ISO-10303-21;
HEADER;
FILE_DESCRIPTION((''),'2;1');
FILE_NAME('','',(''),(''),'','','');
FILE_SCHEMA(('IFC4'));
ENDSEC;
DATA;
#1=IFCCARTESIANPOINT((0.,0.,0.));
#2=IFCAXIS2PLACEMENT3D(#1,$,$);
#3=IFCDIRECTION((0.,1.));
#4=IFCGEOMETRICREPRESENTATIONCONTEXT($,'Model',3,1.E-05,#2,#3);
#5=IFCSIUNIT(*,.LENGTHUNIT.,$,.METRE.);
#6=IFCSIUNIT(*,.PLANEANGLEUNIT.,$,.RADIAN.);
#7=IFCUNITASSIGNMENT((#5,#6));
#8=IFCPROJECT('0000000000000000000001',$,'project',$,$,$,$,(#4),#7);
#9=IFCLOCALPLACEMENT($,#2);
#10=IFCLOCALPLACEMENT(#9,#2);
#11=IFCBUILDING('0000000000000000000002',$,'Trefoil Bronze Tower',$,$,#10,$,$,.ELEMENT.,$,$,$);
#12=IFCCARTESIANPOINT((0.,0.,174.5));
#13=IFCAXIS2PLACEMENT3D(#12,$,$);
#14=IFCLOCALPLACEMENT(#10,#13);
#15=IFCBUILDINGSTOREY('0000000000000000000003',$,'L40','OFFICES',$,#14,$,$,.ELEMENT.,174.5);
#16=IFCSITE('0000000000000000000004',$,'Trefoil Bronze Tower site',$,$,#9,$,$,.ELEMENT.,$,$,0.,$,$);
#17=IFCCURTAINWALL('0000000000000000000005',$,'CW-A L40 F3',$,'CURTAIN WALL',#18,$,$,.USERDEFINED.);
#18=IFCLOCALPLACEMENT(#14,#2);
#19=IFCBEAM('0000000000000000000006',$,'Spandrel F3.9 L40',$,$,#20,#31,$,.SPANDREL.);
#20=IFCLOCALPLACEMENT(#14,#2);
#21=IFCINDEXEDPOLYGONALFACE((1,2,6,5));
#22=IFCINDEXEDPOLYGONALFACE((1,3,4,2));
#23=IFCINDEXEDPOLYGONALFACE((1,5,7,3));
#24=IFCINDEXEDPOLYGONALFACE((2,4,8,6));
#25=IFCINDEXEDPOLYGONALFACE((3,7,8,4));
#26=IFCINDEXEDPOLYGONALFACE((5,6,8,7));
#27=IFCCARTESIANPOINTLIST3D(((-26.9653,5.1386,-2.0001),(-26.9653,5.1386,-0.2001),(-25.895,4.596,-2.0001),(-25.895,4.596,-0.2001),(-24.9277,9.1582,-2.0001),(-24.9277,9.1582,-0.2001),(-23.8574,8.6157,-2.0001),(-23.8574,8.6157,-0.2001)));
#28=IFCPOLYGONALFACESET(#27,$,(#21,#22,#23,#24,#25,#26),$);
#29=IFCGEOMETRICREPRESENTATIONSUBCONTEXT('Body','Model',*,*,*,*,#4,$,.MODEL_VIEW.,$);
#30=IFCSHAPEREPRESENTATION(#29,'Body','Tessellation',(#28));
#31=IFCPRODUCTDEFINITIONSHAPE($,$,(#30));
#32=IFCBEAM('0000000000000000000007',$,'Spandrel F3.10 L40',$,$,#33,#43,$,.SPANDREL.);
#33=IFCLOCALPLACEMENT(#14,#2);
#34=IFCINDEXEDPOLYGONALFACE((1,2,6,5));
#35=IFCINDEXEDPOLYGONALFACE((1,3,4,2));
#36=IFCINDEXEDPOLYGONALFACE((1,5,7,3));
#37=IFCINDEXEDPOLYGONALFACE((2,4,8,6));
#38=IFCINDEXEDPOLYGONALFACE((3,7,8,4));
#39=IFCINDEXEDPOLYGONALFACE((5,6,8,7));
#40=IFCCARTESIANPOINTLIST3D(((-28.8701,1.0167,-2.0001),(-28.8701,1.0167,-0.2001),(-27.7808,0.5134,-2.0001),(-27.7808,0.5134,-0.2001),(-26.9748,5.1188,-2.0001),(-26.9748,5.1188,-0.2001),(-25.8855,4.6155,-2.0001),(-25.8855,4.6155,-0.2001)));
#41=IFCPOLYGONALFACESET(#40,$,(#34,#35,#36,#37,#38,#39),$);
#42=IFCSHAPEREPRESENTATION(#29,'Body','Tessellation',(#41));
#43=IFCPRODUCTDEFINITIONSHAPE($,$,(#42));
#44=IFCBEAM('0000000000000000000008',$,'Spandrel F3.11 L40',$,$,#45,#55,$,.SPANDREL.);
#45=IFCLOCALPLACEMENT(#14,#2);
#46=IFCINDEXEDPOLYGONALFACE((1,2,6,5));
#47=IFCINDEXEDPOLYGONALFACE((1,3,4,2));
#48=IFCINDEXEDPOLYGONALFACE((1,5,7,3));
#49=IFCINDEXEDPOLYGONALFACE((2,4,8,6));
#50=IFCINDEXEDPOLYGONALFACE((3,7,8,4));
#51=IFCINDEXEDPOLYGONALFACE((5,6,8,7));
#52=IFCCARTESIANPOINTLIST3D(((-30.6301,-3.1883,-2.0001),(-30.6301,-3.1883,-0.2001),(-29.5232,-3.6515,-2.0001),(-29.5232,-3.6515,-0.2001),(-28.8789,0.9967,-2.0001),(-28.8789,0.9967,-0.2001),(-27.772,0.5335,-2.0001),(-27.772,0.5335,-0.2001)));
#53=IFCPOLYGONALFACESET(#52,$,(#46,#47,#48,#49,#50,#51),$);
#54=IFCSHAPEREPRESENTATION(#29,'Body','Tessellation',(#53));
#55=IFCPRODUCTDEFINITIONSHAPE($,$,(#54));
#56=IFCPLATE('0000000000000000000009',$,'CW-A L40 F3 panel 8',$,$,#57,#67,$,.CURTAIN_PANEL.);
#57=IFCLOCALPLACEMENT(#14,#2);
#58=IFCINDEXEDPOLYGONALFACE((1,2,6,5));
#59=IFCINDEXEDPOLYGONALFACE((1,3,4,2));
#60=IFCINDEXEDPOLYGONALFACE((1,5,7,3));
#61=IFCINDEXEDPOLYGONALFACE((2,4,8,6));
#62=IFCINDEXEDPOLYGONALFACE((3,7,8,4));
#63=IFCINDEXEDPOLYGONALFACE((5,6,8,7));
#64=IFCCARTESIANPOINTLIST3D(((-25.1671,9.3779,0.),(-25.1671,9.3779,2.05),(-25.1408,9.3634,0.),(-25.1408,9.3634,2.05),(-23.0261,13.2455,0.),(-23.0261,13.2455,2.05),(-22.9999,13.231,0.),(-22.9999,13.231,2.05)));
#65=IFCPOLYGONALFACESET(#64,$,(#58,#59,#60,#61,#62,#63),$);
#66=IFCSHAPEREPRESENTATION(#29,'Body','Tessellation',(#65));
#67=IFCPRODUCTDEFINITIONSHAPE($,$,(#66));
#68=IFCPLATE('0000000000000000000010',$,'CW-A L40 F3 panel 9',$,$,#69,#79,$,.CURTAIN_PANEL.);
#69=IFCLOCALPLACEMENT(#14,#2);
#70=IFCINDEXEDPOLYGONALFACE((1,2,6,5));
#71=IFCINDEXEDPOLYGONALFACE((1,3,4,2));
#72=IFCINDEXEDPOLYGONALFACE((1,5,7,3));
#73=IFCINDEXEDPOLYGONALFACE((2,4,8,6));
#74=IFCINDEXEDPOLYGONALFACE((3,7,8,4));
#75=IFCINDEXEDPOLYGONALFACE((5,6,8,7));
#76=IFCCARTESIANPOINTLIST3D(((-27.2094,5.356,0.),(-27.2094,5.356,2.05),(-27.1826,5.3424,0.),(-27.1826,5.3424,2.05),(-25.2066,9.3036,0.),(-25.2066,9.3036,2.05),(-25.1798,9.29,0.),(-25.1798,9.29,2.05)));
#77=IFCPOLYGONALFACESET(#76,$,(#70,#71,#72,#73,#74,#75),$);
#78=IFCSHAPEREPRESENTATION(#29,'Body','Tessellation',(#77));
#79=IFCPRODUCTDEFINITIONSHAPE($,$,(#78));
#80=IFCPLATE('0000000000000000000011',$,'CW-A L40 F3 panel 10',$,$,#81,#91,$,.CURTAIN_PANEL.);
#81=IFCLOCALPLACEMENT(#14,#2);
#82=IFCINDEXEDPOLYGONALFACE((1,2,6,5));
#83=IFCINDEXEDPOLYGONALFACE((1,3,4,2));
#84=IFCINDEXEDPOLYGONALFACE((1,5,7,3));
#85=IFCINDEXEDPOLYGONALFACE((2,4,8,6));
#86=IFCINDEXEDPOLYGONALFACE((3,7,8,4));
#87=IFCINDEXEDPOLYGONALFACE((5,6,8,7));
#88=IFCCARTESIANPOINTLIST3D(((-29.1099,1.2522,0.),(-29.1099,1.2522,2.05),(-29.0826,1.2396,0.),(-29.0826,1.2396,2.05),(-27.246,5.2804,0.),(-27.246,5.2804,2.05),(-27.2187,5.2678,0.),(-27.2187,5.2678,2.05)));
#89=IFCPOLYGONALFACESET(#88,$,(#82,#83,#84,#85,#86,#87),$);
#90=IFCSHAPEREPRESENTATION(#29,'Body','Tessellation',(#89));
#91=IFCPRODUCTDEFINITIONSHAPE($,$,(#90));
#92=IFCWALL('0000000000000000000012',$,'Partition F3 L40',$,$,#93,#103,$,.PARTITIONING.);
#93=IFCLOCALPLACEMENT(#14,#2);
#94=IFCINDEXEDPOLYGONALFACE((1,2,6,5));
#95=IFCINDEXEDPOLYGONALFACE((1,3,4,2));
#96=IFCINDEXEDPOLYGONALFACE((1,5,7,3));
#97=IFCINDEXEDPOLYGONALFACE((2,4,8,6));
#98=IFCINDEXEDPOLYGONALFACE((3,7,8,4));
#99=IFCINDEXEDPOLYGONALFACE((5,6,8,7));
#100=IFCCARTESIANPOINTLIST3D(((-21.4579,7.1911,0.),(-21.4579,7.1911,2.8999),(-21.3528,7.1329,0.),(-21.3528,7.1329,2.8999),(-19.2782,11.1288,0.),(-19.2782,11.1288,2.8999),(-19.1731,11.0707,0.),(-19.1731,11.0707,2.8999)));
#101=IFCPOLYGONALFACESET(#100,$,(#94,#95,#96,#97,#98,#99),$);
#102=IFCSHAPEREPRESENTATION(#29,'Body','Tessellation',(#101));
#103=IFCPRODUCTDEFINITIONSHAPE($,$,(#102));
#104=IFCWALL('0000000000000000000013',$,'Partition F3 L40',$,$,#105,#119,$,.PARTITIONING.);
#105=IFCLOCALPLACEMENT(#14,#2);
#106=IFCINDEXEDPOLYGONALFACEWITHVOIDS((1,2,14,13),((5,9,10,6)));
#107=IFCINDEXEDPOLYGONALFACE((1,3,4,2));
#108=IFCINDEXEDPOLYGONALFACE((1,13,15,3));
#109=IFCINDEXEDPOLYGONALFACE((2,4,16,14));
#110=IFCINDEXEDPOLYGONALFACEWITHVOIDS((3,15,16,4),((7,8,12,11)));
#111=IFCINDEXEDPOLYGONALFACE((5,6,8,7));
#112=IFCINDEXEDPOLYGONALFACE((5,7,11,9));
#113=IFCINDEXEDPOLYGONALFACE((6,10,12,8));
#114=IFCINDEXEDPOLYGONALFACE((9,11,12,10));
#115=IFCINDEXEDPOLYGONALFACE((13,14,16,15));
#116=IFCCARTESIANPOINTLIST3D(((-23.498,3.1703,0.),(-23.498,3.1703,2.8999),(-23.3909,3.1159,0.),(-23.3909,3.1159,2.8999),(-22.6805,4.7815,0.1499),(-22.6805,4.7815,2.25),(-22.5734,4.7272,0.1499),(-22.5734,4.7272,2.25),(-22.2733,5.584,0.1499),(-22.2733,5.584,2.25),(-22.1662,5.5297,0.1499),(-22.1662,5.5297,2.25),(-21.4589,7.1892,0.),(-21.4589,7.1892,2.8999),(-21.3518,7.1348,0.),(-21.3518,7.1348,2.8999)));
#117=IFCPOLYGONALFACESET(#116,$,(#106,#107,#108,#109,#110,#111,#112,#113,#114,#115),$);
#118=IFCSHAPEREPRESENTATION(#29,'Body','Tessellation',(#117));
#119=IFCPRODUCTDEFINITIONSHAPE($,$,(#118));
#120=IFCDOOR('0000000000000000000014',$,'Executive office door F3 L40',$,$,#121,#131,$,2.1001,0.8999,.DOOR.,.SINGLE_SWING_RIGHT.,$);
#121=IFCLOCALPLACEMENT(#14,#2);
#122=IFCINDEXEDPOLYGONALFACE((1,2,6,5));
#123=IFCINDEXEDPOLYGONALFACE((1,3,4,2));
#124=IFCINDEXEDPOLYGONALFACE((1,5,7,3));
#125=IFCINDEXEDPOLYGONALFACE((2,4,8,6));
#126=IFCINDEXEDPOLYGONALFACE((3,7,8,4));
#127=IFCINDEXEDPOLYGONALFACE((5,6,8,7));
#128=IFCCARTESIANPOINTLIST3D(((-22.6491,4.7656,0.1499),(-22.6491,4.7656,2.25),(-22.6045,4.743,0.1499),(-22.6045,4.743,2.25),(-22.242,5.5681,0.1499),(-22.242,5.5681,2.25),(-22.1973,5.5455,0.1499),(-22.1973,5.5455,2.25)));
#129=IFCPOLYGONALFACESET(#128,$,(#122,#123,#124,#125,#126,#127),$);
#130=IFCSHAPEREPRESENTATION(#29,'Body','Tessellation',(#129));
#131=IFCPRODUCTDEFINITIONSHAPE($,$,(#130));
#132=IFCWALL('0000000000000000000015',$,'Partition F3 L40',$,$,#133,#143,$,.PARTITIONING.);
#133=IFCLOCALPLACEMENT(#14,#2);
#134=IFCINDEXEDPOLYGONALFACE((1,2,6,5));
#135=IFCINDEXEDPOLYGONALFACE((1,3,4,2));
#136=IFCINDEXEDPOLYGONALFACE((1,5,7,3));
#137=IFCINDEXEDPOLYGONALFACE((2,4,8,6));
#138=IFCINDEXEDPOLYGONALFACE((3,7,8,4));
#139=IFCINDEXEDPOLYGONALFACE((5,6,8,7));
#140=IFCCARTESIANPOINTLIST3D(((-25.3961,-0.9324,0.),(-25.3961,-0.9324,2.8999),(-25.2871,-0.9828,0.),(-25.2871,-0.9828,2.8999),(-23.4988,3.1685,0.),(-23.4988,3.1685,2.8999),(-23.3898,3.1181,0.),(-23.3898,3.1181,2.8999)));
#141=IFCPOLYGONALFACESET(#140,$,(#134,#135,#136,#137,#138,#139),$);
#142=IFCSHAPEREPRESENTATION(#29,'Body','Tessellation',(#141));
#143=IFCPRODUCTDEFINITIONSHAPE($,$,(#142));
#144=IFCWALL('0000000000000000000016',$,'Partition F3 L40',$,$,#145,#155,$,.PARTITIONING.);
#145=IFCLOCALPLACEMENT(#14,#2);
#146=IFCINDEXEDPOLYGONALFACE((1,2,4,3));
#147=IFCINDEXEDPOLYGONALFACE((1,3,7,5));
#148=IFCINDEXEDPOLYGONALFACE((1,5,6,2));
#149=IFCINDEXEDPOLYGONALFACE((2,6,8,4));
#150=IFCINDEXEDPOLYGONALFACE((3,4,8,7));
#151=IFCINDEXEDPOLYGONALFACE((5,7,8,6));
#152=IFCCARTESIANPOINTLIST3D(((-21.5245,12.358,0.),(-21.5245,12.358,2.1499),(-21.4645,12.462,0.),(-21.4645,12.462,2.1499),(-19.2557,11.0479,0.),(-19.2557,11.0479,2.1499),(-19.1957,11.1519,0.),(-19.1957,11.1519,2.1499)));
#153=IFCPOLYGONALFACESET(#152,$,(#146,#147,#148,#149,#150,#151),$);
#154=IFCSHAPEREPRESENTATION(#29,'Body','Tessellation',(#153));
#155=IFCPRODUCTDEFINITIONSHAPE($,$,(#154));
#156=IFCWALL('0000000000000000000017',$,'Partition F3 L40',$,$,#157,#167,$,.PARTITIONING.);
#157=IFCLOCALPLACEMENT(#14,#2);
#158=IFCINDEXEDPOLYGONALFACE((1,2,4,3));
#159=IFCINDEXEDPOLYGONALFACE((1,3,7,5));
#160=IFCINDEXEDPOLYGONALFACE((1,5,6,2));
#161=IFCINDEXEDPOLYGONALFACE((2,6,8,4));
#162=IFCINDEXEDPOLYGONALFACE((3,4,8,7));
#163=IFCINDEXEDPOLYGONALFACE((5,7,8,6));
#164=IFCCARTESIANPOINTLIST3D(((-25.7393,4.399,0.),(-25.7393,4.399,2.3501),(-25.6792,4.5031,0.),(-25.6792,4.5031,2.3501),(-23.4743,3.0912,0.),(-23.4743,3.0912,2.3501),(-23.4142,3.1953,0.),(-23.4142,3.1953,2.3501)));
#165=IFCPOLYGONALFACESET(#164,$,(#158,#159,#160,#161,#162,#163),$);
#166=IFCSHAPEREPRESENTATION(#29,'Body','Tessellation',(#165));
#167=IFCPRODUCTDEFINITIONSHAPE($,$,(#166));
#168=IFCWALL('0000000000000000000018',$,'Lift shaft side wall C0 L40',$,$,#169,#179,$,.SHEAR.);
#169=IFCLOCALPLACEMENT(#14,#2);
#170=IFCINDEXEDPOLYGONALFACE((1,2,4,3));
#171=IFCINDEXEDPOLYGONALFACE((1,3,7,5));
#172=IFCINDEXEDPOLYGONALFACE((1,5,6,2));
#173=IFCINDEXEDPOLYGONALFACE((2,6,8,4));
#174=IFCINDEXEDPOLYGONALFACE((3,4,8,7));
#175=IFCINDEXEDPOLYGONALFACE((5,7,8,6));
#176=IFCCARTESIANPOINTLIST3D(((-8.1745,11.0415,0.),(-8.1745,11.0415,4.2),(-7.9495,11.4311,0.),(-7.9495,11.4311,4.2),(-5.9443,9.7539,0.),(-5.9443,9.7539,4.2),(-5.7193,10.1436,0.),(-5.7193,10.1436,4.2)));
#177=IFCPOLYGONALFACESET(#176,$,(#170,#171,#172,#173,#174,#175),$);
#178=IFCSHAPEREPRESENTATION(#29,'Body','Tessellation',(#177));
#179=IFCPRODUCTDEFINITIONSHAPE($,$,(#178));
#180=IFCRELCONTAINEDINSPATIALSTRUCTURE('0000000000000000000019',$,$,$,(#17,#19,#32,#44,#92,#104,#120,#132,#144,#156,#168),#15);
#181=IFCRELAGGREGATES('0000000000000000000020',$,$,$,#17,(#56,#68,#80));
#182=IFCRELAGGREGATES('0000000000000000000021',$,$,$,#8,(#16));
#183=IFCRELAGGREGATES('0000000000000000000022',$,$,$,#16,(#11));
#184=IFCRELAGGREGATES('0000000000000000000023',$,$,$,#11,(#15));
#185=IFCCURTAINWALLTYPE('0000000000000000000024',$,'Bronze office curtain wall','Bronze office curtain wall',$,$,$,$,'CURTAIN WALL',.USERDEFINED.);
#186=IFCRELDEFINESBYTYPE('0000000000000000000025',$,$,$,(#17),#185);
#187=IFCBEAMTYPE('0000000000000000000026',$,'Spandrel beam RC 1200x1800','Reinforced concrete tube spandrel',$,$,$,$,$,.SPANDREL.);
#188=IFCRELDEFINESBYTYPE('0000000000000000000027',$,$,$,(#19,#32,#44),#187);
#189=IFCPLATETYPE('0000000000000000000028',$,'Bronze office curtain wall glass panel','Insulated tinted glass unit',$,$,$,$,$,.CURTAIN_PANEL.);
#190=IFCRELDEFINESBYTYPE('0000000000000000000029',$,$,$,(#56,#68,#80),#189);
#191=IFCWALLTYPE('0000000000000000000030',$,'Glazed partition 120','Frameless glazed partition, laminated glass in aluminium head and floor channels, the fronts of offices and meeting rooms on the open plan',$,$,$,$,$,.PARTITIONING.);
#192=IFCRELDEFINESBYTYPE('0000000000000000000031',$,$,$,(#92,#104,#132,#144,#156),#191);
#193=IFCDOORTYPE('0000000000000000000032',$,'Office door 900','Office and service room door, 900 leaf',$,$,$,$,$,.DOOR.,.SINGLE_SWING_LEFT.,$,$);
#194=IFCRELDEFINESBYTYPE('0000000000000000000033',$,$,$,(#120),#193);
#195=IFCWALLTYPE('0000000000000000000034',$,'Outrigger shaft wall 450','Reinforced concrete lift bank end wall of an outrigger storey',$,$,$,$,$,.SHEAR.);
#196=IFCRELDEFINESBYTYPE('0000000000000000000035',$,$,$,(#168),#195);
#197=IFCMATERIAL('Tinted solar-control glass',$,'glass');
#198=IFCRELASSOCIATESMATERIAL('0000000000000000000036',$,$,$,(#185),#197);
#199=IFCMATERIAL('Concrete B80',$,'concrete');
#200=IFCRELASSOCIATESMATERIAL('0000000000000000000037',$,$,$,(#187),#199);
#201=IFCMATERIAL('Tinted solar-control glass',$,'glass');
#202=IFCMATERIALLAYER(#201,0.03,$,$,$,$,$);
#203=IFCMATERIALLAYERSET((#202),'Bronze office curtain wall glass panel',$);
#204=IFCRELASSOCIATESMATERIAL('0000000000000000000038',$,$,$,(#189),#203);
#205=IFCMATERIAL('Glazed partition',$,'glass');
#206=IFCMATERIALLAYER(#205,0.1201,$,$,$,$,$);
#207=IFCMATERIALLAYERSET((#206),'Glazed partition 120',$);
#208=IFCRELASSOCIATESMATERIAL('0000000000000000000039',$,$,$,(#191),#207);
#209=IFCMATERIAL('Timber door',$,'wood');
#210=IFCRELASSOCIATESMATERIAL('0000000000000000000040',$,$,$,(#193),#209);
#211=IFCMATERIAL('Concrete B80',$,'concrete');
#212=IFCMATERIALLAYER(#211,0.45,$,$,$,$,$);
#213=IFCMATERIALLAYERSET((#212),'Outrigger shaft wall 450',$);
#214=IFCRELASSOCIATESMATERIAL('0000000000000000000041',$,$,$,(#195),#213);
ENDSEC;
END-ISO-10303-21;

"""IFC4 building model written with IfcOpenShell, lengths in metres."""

from ifc_helpers import new_model, si_unit, direction, frame, frame_2d, origin, origin_2d, place, context, subcontext, project, spatial, rectangle, extrude, material, layer, layer_set, material_profile, profile_set, type_object, element, fill, aggregate, save


model = new_model("IFC4")

# Units and contexts
model_context = context("Model", 3, precision=1e-05, world=origin(), true_north=direction((0.0, 1.0)))
body_context = subcontext(model_context, "Body", "Model", "MODEL_VIEW")
ifc_project = project(units=[si_unit("LENGTHUNIT", "METRE"), si_unit("PLANEANGLEUNIT", "RADIAN")], contexts=[model_context])

# Site, building, storey
site_placement = place(None, origin())
site = spatial("IfcSite", under=ifc_project, at=site_placement, Name="Trefoil Bronze Tower site", CompositionType="ELEMENT", RefElevation=0.0)
building_placement = place(site_placement, origin())
building = spatial("IfcBuilding", under=site, at=building_placement, Name="Trefoil Bronze Tower", CompositionType="ELEMENT")
storey_placement = place(building_placement, frame((0.0, 0.0, 174.5)))
storey = spatial("IfcBuildingStorey", under=building, at=storey_placement, Name="L40", Description="OFFICES", CompositionType="ELEMENT", Elevation=174.5)

# Curtain wall
ifc_material_1 = material(Name="Tinted solar-control glass", Category="glass")
curtain_wall_type = type_object("IfcCurtainWallType", Name="Bronze office curtain wall", Description="Bronze office curtain wall", ElementType="CURTAIN WALL", PredefinedType="USERDEFINED", material=ifc_material_1)
curtain_wall_placement = place(storey_placement, origin())
curtain_wall = element("IfcCurtainWall", 1, at=curtain_wall_placement, inside=storey, type_object=curtain_wall_type, Name="CW-A L40 F3", ObjectType="CURTAIN WALL", PredefinedType="USERDEFINED")

# Beams
ifc_material_2 = material(Name="Concrete B80", Category="concrete")
ifc_material_profile_1 = material_profile(ifc_material_2, rectangle(XDim=1.2, YDim=1.8, at=origin_2d()), Name="RC 1200x1800")
ifc_profile_set_1 = profile_set([ifc_material_profile_1], Name="Concrete B80")
beam_type_1 = type_object("IfcBeamType", Name="Spandrel beam RC 1200x1800", Description="Reinforced concrete tube spandrel", PredefinedType="SPANDREL", material=ifc_profile_set_1)
beam_1_placement = place(storey_placement, frame((-24.3926, 8.887, -1.1001), z_axis=(-0.452126, -0.891954, 0.0), x_axis=(0.891954, -0.452126, 0.0)))
element("IfcBeam", 2, at=beam_1_placement, inside=storey, type_object=beam_type_1, Name="Spandrel F3.9 L40", PredefinedType="SPANDREL", context=body_context, shape_type="SweptSolid", body=[
    extrude(rectangle(XDim=1.2, YDim=1.8, at=origin_2d()), origin(), (0.0, 0.0, 1.0), 4.5066),
])
beam_2_placement = place(storey_placement, frame((-26.4302, 4.8672, -1.1001), z_axis=(-0.419425, -0.90779, 0.0), x_axis=(0.90779, -0.419425, 0.0)))
element("IfcBeam", 3, at=beam_2_placement, inside=storey, type_object=beam_type_1, Name="Spandrel F3.10 L40", PredefinedType="SPANDREL", context=body_context, shape_type="SweptSolid", body=[
    extrude(rectangle(XDim=1.2, YDim=1.8, at=origin_2d()), origin(), (0.0, 0.0, 1.0), 4.5188),
])
beam_3_placement = place(storey_placement, frame((-28.3254, 0.7651, -1.1001), z_axis=(-0.386013, -0.922493, 0.0), x_axis=(0.922493, -0.386013, 0.0)))
element("IfcBeam", 4, at=beam_3_placement, inside=storey, type_object=beam_type_1, Name="Spandrel F3.11 L40", PredefinedType="SPANDREL", context=body_context, shape_type="SweptSolid", body=[
    extrude(rectangle(XDim=1.2, YDim=1.8, at=origin_2d()), origin(), (0.0, 0.0, 1.0), 4.5366),
])

# Plates
ifc_material_3 = material(Name="Tinted solar-control glass", Category="glass")
ifc_layer_1 = layer(ifc_material_3, 0.03)
ifc_layer_set_1 = layer_set([ifc_layer_1], Name="Bronze office curtain wall glass panel")
plate_type = type_object("IfcPlateType", Name="Bronze office curtain wall glass panel", Description="Insulated tinted glass unit", PredefinedType="CURTAIN_PANEL", material=ifc_layer_set_1)
plate_1_placement = place(storey_placement, frame((-24.0835, 11.3044, 0.0), z_axis=(0.0, 0.0, 1.0), x_axis=(-0.484312, -0.874895, 0.0)))
plate_1 = element("IfcPlate", 5, at=plate_1_placement, type_object=plate_type, Name="CW-A L40 F3 panel 8", PredefinedType="CURTAIN_PANEL", context=body_context, shape_type="SweptSolid", body=[
    extrude(rectangle(XDim=4.4207, YDim=0.03, at=origin_2d()), origin(), (0.0, 0.0, 1.0), 2.05),
])
plate_2_placement = place(storey_placement, frame((-26.1946, 7.323, 0.0), z_axis=(0.0, 0.0, 1.0), x_axis=(-0.452449, -0.89179, 0.0)))
plate_2 = element("IfcPlate", 6, at=plate_2_placement, type_object=plate_type, Name="CW-A L40 F3 panel 9", PredefinedType="CURTAIN_PANEL", context=body_context, shape_type="SweptSolid", body=[
    extrude(rectangle(XDim=4.4265, YDim=0.03, at=origin_2d()), origin(), (0.0, 0.0, 1.0), 2.05),
])
plate_3_placement = place(storey_placement, frame((-28.1643, 3.26, 0.0), z_axis=(0.0, 0.0, 1.0), x_axis=(-0.419933, -0.907555, 0.0)))
plate_3 = element("IfcPlate", 7, at=plate_3_placement, type_object=plate_type, Name="CW-A L40 F3 panel 10", PredefinedType="CURTAIN_PANEL", context=body_context, shape_type="SweptSolid", body=[
    extrude(rectangle(XDim=4.4385, YDim=0.03, at=origin_2d()), origin(), (0.0, 0.0, 1.0), 2.05),
])
aggregate(curtain_wall, [plate_1, plate_2, plate_3])

# Wall
ifc_material_4 = material(Name="Glazed partition", Category="glass")
ifc_layer_2 = layer(ifc_material_4, 0.1201)
ifc_layer_set_2 = layer_set([ifc_layer_2], Name="Glazed partition 120")
wall_type_1 = type_object("IfcWallType", Name="Glazed partition 120", Description="Frameless glazed partition, laminated glass in aluminium head and floor channels, the fronts of offices and meeting rooms on the open plan", PredefinedType="PARTITIONING", material=ifc_layer_set_2)
wall_1_placement = place(storey_placement, frame((-19.2256, 11.0999, 0.0), z_axis=(0.0, 0.0, 1.0), x_axis=(-0.484293, -0.874906, 0.0)))
element("IfcWall", 8, at=wall_1_placement, inside=storey, type_object=wall_type_1, Name="Partition F3 L40", PredefinedType="PARTITIONING", context=body_context, shape_type="SweptSolid", body=[
    extrude(rectangle(XDim=4.5007, YDim=0.1201, at=frame_2d((2.2505, 0.0))), origin(), (0.0, 0.0, 1.0), 2.8999),
])

# Wall, opening, door
wall_2_placement = place(storey_placement, frame((-21.4053, 7.1621, 0.0), z_axis=(0.0, 0.0, 1.0), x_axis=(-0.452472, -0.891779, 0.0)))
wall_2 = element("IfcWall", 9, at=wall_2_placement, inside=storey, type_object=wall_type_1, Name="Partition F3 L40", PredefinedType="PARTITIONING", context=body_context, shape_type="SweptSolid", body=[
    extrude(rectangle(XDim=4.5066, YDim=0.1201, at=frame_2d((2.2534, 0.0))), origin(), (0.0, 0.0, 1.0), 2.8999),
])
opening_1_placement = place(wall_2_placement, frame((1.8, 0.0, 0.1499)))
opening_1 = element("IfcOpeningElement", 10, at=opening_1_placement, cuts=wall_2, PredefinedType="OPENING", context=body_context, shape_type="SweptSolid", body=[
    extrude(rectangle(XDim=0.8999, YDim=2.1001, at=frame_2d((0.45, 1.05))), frame((0.0, 0.0701, 0.0), z_axis=(0.0, -1.0, 0.0), x_axis=(1.0, 0.0, 0.0)), (0.0, 0.0, 1.0), 0.1401),
])
ifc_material_5 = material(Name="Timber door", Category="wood")
door_type_1 = type_object("IfcDoorType", Name="Office door 900", Description="Office and service room door, 900 leaf", OperationType="SINGLE_SWING_LEFT", PredefinedType="DOOR", material=ifc_material_5)
door_1_placement = place(opening_1_placement, frame((0.8999, 0.0, 0.0), z_axis=(0.0, 0.0, 1.0), x_axis=(-1.0, 0.0, 0.0)))
door_1 = element("IfcDoor", 11, at=door_1_placement, inside=storey, type_object=door_type_1, Name="Executive office door F3 L40", OperationType="SINGLE_SWING_RIGHT", OverallHeight=2.1001, OverallWidth=0.8999, PredefinedType="DOOR", context=body_context, shape_type="SweptSolid", body=[
    extrude(rectangle(XDim=0.8999, YDim=2.1001, at=frame_2d((0.45, 1.05))), frame((0.0, 0.0249, 0.0), z_axis=(0.0, -1.0, 0.0), x_axis=(1.0, 0.0, 0.0)), (0.0, 0.0, 1.0), 0.05),
])
fill(opening_1, door_1)

# Walls
wall_3_placement = place(storey_placement, frame((-23.4443, 3.1433, 0.0), z_axis=(0.0, 0.0, 1.0), x_axis=(-0.419884, -0.907578, 0.0)))
element("IfcWall", 12, at=wall_3_placement, inside=storey, type_object=wall_type_1, Name="Partition F3 L40", PredefinedType="PARTITIONING", context=body_context, shape_type="SweptSolid", body=[
    extrude(rectangle(XDim=4.5186, YDim=0.1201, at=frame_2d((2.2593, 0.0))), origin(), (0.0, 0.0, 1.0), 2.8999),
])
wall_4_placement = place(storey_placement, frame((-19.2256, 11.0999, 0.0), z_axis=(0.0, 0.0, 1.0), x_axis=(-0.865998, 0.500048, 0.0)))
element("IfcWall", 13, at=wall_4_placement, inside=storey, type_object=wall_type_1, Name="Partition F3 L40", PredefinedType="PARTITIONING", context=body_context, shape_type="SweptSolid", body=[
    extrude(rectangle(XDim=2.6199, YDim=0.1201, at=frame_2d((1.3101, 0.0))), origin(), (0.0, 0.0, 1.0), 2.1499),
])
wall_5_placement = place(storey_placement, frame((-23.4443, 3.1433, 0.0), z_axis=(0.0, 0.0, 1.0), x_axis=(-0.866011, 0.500024, 0.0)))
element("IfcWall", 14, at=wall_5_placement, inside=storey, type_object=wall_type_1, Name="Partition F3 L40", PredefinedType="PARTITIONING", context=body_context, shape_type="SweptSolid", body=[
    extrude(rectangle(XDim=2.6155, YDim=0.1201, at=frame_2d((1.3076, 0.0))), origin(), (0.0, 0.0, 1.0), 2.3501),
])
ifc_material_6 = material(Name="Concrete B80", Category="concrete")
ifc_layer_3 = layer(ifc_material_6, 0.45)
ifc_layer_set_3 = layer_set([ifc_layer_3], Name="Outrigger shaft wall 450")
wall_type_2 = type_object("IfcWallType", Name="Outrigger shaft wall 450", Description="Reinforced concrete lift bank end wall of an outrigger storey", PredefinedType="SHEAR", material=ifc_layer_set_3)
wall_6_placement = place(storey_placement, frame((-5.8318, 9.9487, 0.0), z_axis=(0.0, 0.0, 1.0), x_axis=(-0.866029, 0.499993, 0.0)))
element("IfcWall", 15, at=wall_6_placement, inside=storey, type_object=wall_type_2, Name="Lift shaft side wall C0 L40", PredefinedType="SHEAR", context=body_context, shape_type="SweptSolid", body=[
    extrude(rectangle(XDim=2.5752, YDim=0.45, at=frame_2d((1.2876, 0.0))), origin(), (0.0, 0.0, 1.0), 4.2),
])

save(model, "model.ifc")
